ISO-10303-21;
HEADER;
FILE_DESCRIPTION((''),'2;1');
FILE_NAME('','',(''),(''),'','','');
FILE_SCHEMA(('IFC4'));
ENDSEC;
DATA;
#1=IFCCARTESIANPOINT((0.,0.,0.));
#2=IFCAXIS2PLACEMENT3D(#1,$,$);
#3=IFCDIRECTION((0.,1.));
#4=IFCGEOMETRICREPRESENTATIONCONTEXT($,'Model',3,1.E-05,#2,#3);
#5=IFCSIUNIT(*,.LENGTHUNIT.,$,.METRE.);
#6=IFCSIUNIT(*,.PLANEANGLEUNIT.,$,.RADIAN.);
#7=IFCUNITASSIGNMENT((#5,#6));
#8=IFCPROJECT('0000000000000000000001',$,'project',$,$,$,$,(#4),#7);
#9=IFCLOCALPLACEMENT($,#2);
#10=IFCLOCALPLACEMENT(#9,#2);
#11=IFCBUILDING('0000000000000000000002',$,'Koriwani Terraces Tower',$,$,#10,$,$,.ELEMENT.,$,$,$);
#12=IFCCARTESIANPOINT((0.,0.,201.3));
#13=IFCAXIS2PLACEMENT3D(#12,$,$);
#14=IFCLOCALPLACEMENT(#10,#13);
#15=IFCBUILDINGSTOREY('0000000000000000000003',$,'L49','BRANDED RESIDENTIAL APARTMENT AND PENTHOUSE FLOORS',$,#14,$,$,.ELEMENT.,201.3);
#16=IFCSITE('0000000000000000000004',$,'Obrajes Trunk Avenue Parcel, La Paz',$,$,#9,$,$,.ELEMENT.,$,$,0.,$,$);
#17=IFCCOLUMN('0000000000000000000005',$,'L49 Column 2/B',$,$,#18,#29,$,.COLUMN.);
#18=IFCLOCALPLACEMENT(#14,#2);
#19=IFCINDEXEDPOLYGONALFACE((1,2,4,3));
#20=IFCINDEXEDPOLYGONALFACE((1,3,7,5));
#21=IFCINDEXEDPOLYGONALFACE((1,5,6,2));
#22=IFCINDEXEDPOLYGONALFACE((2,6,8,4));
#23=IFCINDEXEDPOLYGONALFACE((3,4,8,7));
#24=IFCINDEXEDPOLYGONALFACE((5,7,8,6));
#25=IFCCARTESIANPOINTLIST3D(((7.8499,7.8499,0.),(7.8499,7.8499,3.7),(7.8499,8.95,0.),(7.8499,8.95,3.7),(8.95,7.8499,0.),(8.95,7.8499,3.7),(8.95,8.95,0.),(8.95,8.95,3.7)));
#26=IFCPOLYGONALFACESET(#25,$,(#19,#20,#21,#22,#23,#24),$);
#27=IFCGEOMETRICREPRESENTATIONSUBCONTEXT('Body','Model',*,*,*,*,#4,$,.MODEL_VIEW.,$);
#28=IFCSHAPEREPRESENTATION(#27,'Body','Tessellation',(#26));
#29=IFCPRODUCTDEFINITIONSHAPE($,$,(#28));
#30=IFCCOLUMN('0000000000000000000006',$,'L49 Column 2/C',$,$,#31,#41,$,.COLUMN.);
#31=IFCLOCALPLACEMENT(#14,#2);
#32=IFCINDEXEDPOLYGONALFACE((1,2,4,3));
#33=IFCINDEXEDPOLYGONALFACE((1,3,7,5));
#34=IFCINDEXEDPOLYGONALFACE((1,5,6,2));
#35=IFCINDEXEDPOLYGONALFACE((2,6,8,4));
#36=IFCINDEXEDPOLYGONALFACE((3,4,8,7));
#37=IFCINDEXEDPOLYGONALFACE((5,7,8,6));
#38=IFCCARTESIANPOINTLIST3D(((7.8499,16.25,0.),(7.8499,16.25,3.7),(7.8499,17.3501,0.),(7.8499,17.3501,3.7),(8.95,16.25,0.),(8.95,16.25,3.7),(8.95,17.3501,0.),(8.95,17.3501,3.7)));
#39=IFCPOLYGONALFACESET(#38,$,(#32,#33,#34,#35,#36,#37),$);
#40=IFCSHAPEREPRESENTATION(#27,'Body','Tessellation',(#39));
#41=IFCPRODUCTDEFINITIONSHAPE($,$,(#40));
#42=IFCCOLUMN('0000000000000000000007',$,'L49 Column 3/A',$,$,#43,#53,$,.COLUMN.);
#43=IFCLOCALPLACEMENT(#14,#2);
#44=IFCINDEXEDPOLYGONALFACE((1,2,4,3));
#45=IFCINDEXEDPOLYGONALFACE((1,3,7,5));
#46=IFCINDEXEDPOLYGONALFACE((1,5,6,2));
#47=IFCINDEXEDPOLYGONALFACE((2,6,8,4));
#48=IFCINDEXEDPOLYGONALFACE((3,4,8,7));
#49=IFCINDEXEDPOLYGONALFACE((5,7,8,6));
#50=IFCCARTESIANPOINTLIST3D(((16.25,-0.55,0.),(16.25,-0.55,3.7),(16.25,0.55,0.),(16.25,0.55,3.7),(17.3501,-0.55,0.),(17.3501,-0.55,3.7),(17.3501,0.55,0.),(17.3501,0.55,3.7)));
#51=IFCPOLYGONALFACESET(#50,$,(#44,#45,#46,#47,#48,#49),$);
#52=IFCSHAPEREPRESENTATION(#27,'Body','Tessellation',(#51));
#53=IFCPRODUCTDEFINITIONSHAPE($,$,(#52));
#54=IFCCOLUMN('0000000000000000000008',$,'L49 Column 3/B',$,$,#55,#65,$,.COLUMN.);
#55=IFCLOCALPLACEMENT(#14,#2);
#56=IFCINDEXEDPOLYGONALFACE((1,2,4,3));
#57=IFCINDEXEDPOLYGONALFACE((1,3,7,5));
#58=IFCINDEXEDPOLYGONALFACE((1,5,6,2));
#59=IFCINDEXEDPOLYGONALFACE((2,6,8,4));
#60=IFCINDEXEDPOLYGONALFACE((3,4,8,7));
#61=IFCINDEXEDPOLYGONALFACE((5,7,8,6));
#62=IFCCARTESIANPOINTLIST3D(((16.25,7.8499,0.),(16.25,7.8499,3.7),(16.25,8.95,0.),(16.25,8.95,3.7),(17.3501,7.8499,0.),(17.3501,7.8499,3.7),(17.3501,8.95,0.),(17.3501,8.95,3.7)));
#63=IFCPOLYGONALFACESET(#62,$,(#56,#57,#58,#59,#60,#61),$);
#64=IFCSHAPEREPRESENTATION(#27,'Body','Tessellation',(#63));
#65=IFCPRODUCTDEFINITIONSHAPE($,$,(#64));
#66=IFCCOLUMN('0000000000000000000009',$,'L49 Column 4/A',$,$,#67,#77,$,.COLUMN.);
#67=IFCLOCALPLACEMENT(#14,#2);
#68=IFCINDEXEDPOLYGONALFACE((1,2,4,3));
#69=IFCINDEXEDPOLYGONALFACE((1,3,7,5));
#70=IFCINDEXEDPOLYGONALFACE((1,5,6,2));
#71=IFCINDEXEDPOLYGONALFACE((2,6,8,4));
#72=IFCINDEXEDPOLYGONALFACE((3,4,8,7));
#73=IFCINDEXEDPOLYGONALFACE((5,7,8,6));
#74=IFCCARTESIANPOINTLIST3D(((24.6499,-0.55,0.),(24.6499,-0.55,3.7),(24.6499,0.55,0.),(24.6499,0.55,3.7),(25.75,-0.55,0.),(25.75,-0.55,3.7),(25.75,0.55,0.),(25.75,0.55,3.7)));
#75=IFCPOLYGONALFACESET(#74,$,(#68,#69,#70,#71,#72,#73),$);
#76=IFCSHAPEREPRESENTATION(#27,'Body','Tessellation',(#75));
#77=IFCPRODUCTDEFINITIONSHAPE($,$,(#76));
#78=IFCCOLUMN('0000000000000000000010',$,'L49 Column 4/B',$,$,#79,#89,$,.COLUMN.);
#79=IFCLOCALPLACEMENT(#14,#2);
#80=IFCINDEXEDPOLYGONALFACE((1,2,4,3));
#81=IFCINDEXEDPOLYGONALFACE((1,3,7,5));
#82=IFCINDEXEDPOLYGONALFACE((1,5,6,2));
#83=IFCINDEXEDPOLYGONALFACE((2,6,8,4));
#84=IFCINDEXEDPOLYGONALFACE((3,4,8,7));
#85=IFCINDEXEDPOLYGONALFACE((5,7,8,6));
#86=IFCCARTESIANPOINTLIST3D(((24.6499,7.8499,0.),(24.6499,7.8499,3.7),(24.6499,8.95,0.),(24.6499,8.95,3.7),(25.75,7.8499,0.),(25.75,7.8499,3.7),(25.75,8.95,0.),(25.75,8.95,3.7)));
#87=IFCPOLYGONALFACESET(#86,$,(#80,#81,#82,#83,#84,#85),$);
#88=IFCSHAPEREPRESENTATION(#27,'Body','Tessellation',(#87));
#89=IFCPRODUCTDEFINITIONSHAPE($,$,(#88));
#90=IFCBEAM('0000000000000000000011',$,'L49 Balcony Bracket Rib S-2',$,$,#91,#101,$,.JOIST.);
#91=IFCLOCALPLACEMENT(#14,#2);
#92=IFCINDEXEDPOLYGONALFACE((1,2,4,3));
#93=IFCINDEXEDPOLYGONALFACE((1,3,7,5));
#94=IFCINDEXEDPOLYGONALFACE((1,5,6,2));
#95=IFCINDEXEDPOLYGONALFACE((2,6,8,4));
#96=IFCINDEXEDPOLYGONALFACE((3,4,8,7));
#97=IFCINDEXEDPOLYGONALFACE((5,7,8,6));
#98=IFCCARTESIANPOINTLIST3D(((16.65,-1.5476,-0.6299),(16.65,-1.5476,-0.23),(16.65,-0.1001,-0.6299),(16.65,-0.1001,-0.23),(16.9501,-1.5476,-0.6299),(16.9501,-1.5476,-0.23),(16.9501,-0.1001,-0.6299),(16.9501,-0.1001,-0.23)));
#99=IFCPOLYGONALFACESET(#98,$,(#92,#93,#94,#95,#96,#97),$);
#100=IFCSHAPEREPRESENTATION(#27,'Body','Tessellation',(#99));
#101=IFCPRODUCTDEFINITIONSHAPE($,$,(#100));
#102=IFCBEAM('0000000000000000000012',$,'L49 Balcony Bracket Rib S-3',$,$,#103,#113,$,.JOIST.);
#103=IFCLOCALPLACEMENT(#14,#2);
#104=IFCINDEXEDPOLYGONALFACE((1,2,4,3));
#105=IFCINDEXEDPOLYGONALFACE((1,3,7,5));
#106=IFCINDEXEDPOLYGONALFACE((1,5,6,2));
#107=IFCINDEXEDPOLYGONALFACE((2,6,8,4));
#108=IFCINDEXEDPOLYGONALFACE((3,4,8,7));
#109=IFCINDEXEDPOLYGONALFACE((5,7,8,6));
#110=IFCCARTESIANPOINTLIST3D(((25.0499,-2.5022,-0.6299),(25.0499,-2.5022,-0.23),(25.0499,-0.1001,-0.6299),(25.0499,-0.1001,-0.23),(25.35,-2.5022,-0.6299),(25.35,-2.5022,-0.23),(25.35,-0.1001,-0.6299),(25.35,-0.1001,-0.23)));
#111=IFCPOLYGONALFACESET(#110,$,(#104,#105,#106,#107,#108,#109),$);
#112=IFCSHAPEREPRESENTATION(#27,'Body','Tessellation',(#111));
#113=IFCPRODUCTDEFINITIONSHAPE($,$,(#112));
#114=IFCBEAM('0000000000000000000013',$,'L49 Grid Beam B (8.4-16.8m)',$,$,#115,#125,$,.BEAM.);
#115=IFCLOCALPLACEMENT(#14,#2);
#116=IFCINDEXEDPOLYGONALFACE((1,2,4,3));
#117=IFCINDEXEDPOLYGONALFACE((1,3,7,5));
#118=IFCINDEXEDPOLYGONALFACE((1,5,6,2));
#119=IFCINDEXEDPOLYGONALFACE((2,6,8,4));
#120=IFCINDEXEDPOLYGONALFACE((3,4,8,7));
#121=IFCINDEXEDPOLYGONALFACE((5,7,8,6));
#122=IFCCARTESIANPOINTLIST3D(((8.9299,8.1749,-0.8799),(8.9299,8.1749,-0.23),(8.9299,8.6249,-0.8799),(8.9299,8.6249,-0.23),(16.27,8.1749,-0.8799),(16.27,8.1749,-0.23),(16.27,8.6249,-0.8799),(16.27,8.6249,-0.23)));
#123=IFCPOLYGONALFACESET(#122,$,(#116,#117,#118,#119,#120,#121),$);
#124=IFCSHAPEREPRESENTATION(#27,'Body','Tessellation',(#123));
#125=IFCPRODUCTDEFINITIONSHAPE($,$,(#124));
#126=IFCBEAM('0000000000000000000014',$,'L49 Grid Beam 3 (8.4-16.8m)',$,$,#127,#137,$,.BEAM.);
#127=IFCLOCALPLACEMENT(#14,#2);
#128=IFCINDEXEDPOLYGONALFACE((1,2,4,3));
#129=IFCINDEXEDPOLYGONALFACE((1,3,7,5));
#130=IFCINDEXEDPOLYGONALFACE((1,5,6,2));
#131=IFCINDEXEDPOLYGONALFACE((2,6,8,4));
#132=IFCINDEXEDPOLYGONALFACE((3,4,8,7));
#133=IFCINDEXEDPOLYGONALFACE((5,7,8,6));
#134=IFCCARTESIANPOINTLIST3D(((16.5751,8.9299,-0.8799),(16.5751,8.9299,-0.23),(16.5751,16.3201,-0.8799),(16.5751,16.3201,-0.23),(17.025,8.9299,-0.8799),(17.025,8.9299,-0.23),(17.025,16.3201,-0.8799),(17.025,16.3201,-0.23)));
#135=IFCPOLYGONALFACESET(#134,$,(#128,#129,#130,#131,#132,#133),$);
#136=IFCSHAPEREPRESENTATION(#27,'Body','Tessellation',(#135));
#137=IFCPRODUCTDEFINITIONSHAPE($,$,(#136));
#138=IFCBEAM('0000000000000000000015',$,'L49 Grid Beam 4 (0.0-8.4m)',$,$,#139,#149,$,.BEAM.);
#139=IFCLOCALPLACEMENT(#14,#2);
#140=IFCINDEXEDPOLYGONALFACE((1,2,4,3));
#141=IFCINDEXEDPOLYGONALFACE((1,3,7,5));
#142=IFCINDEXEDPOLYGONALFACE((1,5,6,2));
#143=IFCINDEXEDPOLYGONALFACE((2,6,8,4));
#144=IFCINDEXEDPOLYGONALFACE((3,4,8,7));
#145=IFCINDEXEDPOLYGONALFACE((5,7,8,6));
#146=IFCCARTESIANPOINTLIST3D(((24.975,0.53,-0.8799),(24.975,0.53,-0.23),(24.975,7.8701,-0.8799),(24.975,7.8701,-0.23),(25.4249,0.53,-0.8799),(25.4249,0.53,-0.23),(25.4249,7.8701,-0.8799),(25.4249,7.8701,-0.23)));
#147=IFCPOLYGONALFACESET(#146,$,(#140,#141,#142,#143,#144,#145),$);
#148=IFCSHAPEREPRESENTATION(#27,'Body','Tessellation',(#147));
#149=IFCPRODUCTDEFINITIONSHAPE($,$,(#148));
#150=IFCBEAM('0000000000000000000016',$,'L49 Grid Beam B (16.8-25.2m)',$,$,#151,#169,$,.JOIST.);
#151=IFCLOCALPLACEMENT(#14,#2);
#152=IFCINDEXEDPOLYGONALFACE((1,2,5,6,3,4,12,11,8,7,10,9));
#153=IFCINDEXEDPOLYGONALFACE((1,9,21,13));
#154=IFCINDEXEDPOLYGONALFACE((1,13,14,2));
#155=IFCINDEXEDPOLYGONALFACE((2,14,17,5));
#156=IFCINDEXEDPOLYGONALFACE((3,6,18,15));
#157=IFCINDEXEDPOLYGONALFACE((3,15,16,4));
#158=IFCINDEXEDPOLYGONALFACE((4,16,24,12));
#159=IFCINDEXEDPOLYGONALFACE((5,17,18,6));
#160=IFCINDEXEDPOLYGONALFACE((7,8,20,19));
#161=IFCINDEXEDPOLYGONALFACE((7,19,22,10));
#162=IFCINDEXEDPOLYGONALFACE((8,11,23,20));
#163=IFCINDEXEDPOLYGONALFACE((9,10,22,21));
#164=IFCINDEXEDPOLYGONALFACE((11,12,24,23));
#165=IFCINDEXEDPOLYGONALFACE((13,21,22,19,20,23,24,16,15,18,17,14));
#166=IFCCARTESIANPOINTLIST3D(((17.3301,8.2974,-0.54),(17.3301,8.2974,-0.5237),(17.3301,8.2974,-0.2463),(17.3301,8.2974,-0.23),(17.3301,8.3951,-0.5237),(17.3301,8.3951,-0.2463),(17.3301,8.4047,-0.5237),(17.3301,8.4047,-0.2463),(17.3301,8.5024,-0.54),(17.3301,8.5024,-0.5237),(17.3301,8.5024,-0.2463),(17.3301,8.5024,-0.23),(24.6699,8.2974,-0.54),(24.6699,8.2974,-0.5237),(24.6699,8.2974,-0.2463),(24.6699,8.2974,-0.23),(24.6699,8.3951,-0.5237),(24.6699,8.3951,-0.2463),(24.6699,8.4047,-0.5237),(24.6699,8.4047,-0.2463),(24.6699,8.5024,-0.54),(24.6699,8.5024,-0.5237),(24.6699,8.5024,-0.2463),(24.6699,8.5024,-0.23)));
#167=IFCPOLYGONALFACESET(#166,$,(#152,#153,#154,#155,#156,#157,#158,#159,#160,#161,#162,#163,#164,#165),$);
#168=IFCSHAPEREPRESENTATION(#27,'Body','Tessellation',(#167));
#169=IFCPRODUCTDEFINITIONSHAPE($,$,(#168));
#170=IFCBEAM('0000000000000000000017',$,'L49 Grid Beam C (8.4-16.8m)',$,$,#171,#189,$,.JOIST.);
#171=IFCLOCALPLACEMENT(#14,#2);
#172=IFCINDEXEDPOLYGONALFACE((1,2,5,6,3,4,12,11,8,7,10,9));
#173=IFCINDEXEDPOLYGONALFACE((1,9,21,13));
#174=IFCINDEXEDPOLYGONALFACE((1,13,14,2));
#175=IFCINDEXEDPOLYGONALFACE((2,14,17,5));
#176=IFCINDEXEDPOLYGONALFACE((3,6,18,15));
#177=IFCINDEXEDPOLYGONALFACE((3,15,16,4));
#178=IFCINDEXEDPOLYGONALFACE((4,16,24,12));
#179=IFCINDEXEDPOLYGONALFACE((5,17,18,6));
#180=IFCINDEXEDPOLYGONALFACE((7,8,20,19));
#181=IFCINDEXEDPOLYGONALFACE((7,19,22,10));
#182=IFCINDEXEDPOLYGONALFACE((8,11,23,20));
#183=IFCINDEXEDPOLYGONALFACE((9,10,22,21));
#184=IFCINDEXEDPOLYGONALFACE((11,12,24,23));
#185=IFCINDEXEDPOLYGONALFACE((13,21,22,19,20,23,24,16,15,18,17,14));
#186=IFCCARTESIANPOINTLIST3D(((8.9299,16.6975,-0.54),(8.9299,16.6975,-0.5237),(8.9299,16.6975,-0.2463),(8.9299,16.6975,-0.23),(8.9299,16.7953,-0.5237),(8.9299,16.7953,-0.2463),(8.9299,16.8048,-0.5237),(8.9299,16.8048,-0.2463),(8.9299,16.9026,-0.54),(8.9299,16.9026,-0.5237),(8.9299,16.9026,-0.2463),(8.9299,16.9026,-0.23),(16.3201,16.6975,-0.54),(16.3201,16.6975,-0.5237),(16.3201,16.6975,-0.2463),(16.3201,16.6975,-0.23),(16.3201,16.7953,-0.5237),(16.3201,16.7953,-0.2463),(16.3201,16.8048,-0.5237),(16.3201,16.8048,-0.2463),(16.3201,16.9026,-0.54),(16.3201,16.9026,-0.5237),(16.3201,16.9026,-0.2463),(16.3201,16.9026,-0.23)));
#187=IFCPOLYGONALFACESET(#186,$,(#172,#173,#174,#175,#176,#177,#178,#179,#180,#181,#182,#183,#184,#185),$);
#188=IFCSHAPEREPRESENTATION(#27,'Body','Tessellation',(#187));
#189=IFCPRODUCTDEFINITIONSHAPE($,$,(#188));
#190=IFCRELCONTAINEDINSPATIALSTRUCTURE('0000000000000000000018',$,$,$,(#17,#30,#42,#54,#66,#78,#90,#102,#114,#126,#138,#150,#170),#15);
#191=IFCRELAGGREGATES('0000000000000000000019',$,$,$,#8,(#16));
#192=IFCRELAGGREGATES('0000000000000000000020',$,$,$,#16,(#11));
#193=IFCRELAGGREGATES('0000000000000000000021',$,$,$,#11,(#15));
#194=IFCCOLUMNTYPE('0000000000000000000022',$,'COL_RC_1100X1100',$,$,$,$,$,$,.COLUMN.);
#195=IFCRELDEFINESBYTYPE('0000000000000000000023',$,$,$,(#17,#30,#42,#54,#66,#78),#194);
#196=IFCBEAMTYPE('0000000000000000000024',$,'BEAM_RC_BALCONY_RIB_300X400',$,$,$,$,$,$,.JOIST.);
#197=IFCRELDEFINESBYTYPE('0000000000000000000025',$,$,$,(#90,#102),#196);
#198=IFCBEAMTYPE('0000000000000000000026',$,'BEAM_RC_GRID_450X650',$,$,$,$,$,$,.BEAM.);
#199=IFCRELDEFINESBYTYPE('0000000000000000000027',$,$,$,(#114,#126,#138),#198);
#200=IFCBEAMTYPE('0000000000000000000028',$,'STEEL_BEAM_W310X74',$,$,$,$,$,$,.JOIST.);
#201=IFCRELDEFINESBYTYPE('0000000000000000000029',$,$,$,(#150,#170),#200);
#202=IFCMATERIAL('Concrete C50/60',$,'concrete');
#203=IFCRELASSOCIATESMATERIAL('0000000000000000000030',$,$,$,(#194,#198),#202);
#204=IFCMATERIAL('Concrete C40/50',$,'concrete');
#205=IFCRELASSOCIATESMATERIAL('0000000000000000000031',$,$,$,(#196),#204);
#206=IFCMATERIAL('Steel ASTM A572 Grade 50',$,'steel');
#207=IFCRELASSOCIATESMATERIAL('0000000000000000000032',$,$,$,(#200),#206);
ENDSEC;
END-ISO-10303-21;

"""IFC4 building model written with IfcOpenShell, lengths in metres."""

from ifc_helpers import new_model, si_unit, direction, frame, origin, origin_2d, place, context, subcontext, project, spatial, rectangle, i_section, extrude, material, material_profile, profile_set, type_object, element, save


model = new_model("IFC4")

# Units and contexts
model_context = context("Model", 3, precision=1e-05, world=origin(), true_north=direction((0.0, 1.0)))
body_context = subcontext(model_context, "Body", "Model", "MODEL_VIEW")
ifc_project = project(units=[si_unit("LENGTHUNIT", "METRE"), si_unit("PLANEANGLEUNIT", "RADIAN")], contexts=[model_context])

# Site, building, storey
site_placement = place(None, origin())
site = spatial("IfcSite", under=ifc_project, at=site_placement, Name="Obrajes Trunk Avenue Parcel, La Paz", CompositionType="ELEMENT", RefElevation=0.0)
building_placement = place(site_placement, origin())
building = spatial("IfcBuilding", under=site, at=building_placement, Name="Koriwani Terraces Tower", CompositionType="ELEMENT")
storey_placement = place(building_placement, frame((0.0, 0.0, 201.3)))
storey = spatial("IfcBuildingStorey", under=building, at=storey_placement, Name="L49", Description="BRANDED RESIDENTIAL APARTMENT AND PENTHOUSE FLOORS", CompositionType="ELEMENT", Elevation=201.3)

# Columns
ifc_material_1 = material(Name="Concrete C50/60", Category="concrete")
ifc_material_profile_1 = material_profile(ifc_material_1, rectangle(XDim=1.1001, YDim=1.1001, at=origin_2d()), Name="Concrete C50/60", Category="LoadBearing")
ifc_profile_set_1 = profile_set([ifc_material_profile_1], Name="Concrete C50/60")
column_type = type_object("IfcColumnType", Name="COL_RC_1100X1100", PredefinedType="COLUMN", material=ifc_profile_set_1)
for number, where, z_axis, x_axis, name in (
    (1, (8.3999, 8.3999, 0.0), (0.0, 0.0, 1.0), (1.0, 0.0, 0.0), "L49 Column 2/B"),
    (2, (8.3999, 16.8, 0.0), (0.0, 0.0, 1.0), (1.0, 0.0, 0.0), "L49 Column 2/C"),
    (3, (16.8, 0.0, 0.0), (0.0, 0.0, 1.0), (1.0, 0.0, 0.0), "L49 Column 3/A"),
    (4, (16.8, 8.3999, 0.0), (0.0, 0.0, 1.0), (1.0, 0.0, 0.0), "L49 Column 3/B"),
    (5, (25.2, 0.0, 0.0), (0.0, 0.0, 1.0), (1.0, 0.0, 0.0), "L49 Column 4/A"),
    (6, (25.2, 8.3999, 0.0), (0.0, 0.0, 1.0), (1.0, 0.0, 0.0), "L49 Column 4/B"),
):
    element("IfcColumn", number, at=place(storey_placement, frame(where, z_axis=z_axis, x_axis=x_axis)), inside=storey, type_object=column_type, Name=name, PredefinedType="COLUMN", context=body_context, shape_type="SweptSolid", body=[
        extrude(rectangle(XDim=1.1001, YDim=1.1001, at=origin_2d()), origin(), (0.0, 0.0, 1.0), 3.7),
    ])

# Beams
ifc_material_2 = material(Name="Concrete C40/50", Category="concrete")
ifc_material_profile_2 = material_profile(ifc_material_2, rectangle(XDim=0.3, YDim=0.3999, at=origin_2d()), Name="Concrete C40/50", Category="LoadBearing")
ifc_profile_set_2 = profile_set([ifc_material_profile_2], Name="Concrete C40/50")
beam_type_1 = type_object("IfcBeamType", Name="BEAM_RC_BALCONY_RIB_300X400", PredefinedType="JOIST", material=ifc_profile_set_2)
beam_1_placement = place(storey_placement, frame((16.8, -1.5476, -0.4299), z_axis=(0.0, 1.0, 0.0), x_axis=(-1.0, 0.0, 0.0)))
element("IfcBeam", 7, at=beam_1_placement, inside=storey, type_object=beam_type_1, Name="L49 Balcony Bracket Rib S-2", PredefinedType="JOIST", context=body_context, shape_type="SweptSolid", body=[
    extrude(rectangle(XDim=0.3, YDim=0.3999, at=origin_2d()), origin(), (0.0, 0.0, 1.0), 1.4475),
])
beam_2_placement = place(storey_placement, frame((25.2, -2.5022, -0.4299), z_axis=(0.0, 1.0, 0.0), x_axis=(-1.0, 0.0, 0.0)))
element("IfcBeam", 8, at=beam_2_placement, inside=storey, type_object=beam_type_1, Name="L49 Balcony Bracket Rib S-3", PredefinedType="JOIST", context=body_context, shape_type="SweptSolid", body=[
    extrude(rectangle(XDim=0.3, YDim=0.3999, at=origin_2d()), origin(), (0.0, 0.0, 1.0), 2.4021),
])
ifc_material_profile_3 = material_profile(ifc_material_1, rectangle(XDim=0.45, YDim=0.6499, at=origin_2d()), Name="Concrete C50/60", Category="LoadBearing")
ifc_profile_set_3 = profile_set([ifc_material_profile_3], Name="Concrete C50/60")
beam_type_2 = type_object("IfcBeamType", Name="BEAM_RC_GRID_450X650", PredefinedType="BEAM", material=ifc_profile_set_3)
beam_3_placement = place(storey_placement, frame((8.9299, 8.3999, -0.5549), z_axis=(1.0, 0.0, 0.0), x_axis=(0.0, 1.0, 0.0)))
element("IfcBeam", 9, at=beam_3_placement, inside=storey, type_object=beam_type_2, Name="L49 Grid Beam B (8.4-16.8m)", PredefinedType="BEAM", context=body_context, shape_type="SweptSolid", body=[
    extrude(rectangle(XDim=0.45, YDim=0.6499, at=origin_2d()), origin(), (0.0, 0.0, 1.0), 7.3401),
])
beam_4_placement = place(storey_placement, frame((16.8, 8.9299, -0.5549), z_axis=(0.0, 1.0, 0.0), x_axis=(-1.0, 0.0, 0.0)))
element("IfcBeam", 10, at=beam_4_placement, inside=storey, type_object=beam_type_2, Name="L49 Grid Beam 3 (8.4-16.8m)", PredefinedType="BEAM", context=body_context, shape_type="SweptSolid", body=[
    extrude(rectangle(XDim=0.45, YDim=0.6499, at=origin_2d()), origin(), (0.0, 0.0, 1.0), 7.3901),
])
beam_5_placement = place(storey_placement, frame((25.2, 0.53, -0.5549), z_axis=(0.0, 1.0, 0.0), x_axis=(-1.0, 0.0, 0.0)))
element("IfcBeam", 11, at=beam_5_placement, inside=storey, type_object=beam_type_2, Name="L49 Grid Beam 4 (0.0-8.4m)", PredefinedType="BEAM", context=body_context, shape_type="SweptSolid", body=[
    extrude(rectangle(XDim=0.45, YDim=0.6499, at=origin_2d()), origin(), (0.0, 0.0, 1.0), 7.3401),
])
ifc_material_3 = material(Name="Steel ASTM A572 Grade 50", Category="steel")
ifc_material_profile_4 = material_profile(ifc_material_3, i_section(OverallWidth=0.2051, OverallDepth=0.3101, WebThickness=0.0095, FlangeThickness=0.0164, at=origin_2d()), Name="Steel ASTM A572 Grade 50", Category="LoadBearing")
ifc_profile_set_4 = profile_set([ifc_material_profile_4], Name="Steel ASTM A572 Grade 50")
beam_type_3 = type_object("IfcBeamType", Name="STEEL_BEAM_W310X74", PredefinedType="JOIST", material=ifc_profile_set_4)
beam_6_placement = place(storey_placement, frame((17.3301, 8.3999, -0.385), z_axis=(1.0, 0.0, 0.0), x_axis=(0.0, 1.0, 0.0)))
element("IfcBeam", 12, at=beam_6_placement, inside=storey, type_object=beam_type_3, Name="L49 Grid Beam B (16.8-25.2m)", PredefinedType="JOIST", context=body_context, shape_type="SweptSolid", body=[
    extrude(i_section(OverallWidth=0.2051, OverallDepth=0.3101, WebThickness=0.0095, FlangeThickness=0.0164, at=origin_2d()), origin(), (0.0, 0.0, 1.0), 7.3398),
])
beam_7_placement = place(storey_placement, frame((8.9299, 16.8, -0.385), z_axis=(1.0, 0.0, 0.0), x_axis=(0.0, 1.0, 0.0)))
element("IfcBeam", 13, at=beam_7_placement, inside=storey, type_object=beam_type_3, Name="L49 Grid Beam C (8.4-16.8m)", PredefinedType="JOIST", context=body_context, shape_type="SweptSolid", body=[
    extrude(i_section(OverallWidth=0.2051, OverallDepth=0.3101, WebThickness=0.0095, FlangeThickness=0.0164, at=origin_2d()), origin(), (0.0, 0.0, 1.0), 7.3901),
])

save(model, "model.ifc")
